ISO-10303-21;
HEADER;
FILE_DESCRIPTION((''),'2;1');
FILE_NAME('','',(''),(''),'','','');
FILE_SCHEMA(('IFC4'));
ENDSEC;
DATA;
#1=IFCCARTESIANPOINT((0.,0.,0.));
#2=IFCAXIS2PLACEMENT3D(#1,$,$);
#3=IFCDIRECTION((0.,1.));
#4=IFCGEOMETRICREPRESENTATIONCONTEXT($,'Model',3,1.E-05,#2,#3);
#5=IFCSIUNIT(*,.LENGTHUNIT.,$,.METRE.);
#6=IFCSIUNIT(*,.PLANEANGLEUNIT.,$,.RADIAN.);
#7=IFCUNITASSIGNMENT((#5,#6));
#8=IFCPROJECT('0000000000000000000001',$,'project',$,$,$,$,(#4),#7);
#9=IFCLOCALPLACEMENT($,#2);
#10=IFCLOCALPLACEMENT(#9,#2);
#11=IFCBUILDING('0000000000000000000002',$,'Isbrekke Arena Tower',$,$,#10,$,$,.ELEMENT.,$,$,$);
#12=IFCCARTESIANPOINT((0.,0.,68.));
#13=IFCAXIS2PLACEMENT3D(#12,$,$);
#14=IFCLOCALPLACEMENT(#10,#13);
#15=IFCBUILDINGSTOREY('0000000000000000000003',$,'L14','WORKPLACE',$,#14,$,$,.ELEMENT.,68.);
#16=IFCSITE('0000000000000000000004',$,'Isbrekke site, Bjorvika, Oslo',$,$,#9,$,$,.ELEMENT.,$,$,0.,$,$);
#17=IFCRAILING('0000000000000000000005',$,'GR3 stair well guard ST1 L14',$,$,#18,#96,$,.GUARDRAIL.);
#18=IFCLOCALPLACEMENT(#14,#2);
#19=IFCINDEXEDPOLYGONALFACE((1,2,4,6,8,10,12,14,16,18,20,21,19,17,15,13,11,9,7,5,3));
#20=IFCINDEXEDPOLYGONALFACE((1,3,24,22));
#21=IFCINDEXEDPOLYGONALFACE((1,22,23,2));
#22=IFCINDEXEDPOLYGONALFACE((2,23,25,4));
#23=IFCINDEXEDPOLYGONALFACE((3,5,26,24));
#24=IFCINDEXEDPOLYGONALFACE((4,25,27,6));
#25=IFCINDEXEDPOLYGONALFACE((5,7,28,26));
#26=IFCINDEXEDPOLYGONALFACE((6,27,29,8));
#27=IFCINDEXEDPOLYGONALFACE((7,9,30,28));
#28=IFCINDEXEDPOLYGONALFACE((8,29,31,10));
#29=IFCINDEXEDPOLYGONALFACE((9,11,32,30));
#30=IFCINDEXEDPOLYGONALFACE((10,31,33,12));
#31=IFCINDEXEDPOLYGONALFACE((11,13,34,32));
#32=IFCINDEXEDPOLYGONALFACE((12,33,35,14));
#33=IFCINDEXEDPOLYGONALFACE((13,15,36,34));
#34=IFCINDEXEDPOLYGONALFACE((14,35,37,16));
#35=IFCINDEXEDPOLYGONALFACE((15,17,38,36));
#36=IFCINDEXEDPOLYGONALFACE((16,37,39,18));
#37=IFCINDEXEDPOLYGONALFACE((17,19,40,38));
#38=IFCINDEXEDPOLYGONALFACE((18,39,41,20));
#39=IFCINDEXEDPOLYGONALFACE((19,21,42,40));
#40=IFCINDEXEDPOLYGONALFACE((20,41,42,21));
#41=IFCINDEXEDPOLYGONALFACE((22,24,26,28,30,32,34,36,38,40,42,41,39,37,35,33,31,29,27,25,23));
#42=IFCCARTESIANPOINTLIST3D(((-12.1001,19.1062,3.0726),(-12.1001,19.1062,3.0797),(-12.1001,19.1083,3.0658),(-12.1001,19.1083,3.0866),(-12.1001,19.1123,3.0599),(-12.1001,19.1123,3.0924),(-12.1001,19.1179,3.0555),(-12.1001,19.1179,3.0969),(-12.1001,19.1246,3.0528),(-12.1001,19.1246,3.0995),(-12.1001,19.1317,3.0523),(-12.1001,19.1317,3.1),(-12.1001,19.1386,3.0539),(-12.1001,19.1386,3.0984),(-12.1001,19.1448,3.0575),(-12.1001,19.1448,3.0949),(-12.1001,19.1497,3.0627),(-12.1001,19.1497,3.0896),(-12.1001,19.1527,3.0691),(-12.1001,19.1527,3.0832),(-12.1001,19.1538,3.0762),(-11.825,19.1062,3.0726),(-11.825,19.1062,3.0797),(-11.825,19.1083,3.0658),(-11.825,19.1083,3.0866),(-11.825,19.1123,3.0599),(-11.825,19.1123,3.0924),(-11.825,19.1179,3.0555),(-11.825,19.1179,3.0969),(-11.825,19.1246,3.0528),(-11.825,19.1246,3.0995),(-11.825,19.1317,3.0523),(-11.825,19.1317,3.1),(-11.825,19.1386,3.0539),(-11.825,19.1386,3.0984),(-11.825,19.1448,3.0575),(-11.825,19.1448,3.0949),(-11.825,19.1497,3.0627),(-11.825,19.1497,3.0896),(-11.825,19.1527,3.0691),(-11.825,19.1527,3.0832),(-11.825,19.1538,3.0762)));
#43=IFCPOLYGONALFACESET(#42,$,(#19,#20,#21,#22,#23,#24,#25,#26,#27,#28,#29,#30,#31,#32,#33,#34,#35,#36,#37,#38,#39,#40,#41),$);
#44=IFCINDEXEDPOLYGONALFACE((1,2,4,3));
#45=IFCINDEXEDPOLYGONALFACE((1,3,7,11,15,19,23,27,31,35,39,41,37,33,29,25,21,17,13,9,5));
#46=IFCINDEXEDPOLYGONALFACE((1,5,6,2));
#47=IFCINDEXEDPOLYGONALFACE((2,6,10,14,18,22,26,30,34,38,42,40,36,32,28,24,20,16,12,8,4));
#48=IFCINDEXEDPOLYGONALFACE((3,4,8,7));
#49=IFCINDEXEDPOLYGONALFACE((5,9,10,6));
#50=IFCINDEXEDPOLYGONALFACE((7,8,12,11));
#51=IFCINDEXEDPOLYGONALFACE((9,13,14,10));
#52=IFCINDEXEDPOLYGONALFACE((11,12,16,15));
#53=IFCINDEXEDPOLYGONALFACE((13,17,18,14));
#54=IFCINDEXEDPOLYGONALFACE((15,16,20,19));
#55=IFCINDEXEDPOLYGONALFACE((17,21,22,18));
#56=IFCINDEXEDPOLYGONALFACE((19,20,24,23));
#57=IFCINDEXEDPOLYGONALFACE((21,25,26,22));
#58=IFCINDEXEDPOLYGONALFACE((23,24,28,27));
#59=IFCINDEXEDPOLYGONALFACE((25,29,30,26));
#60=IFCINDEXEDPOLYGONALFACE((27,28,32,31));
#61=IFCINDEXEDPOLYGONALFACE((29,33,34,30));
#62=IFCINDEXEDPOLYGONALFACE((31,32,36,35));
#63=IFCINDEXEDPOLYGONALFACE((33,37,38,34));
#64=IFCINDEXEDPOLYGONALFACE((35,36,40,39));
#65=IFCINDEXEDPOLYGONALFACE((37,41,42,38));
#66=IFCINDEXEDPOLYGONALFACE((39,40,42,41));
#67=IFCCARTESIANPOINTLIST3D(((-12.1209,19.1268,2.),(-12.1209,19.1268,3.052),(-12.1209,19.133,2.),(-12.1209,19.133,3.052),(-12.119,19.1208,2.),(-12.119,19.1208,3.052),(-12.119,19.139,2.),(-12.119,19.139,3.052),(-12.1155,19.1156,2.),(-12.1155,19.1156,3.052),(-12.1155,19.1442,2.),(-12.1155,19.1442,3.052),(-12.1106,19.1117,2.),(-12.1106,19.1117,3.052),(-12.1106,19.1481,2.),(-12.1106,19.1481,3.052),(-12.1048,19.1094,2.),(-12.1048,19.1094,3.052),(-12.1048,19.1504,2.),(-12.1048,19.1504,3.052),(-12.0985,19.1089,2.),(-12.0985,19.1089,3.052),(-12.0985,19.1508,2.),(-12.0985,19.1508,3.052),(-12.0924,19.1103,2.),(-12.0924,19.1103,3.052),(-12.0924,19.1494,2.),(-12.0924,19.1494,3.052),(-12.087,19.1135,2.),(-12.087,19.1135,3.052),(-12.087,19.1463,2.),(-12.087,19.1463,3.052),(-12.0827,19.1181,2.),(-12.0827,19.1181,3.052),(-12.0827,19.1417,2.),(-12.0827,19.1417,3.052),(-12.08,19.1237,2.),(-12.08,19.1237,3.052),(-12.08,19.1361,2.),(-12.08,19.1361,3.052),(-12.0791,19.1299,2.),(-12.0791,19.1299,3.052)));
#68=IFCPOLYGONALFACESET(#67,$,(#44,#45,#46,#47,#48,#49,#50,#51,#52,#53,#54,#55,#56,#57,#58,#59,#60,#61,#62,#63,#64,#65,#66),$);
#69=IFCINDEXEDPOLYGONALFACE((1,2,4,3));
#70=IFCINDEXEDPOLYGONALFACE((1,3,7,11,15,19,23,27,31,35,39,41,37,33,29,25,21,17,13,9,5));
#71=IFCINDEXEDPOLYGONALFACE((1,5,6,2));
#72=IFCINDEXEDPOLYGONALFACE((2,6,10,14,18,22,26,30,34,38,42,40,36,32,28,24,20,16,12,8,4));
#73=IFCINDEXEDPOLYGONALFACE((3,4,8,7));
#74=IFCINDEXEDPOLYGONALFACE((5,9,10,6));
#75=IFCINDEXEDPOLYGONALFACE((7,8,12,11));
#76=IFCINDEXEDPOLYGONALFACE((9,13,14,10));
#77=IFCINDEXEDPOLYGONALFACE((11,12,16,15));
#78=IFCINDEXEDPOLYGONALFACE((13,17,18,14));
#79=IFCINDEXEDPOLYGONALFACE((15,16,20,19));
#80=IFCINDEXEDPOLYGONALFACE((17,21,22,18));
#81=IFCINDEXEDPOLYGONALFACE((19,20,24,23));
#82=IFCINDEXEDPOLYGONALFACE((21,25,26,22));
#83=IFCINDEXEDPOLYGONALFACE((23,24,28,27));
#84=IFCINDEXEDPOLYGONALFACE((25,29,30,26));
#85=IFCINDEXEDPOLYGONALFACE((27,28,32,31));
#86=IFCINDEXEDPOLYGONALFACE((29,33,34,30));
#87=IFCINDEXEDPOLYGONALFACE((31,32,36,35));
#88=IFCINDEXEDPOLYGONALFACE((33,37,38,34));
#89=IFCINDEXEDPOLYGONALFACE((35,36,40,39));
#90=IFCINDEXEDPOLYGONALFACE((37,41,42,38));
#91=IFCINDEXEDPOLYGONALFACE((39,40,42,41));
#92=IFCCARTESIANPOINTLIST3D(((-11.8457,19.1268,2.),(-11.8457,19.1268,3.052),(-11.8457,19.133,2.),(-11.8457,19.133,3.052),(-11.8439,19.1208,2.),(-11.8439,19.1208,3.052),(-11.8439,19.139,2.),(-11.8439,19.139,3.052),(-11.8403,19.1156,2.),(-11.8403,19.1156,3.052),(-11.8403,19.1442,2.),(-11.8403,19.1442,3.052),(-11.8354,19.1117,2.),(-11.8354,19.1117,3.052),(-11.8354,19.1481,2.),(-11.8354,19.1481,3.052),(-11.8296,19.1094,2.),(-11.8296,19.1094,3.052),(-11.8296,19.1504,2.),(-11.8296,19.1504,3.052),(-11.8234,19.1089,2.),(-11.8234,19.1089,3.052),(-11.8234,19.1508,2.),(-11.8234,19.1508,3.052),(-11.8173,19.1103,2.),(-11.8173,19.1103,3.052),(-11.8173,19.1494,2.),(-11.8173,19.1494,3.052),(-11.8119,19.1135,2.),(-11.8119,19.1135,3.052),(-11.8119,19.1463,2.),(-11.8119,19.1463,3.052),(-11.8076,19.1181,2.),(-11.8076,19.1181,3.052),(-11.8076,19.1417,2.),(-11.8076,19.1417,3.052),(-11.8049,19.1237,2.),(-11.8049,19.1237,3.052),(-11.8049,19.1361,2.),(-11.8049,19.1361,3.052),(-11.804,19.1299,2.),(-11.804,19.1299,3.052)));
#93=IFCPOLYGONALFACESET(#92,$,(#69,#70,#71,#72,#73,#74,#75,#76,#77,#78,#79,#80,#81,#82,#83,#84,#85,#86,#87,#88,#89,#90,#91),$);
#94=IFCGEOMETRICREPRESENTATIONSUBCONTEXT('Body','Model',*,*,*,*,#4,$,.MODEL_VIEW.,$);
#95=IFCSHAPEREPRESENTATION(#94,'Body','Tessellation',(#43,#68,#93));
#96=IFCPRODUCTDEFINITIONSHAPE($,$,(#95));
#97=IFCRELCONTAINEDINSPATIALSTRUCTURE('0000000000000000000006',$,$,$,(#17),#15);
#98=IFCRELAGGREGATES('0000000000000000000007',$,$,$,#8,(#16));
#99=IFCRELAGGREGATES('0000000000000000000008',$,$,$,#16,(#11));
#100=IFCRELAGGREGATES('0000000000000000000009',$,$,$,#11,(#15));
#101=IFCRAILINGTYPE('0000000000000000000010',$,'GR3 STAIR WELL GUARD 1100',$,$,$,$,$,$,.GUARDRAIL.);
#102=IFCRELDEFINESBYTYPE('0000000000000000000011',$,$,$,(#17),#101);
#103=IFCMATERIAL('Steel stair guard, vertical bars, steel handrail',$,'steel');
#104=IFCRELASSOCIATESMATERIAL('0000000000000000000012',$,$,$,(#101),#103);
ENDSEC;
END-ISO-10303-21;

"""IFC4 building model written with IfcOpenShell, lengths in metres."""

from ifc_helpers import new_model, si_unit, direction, frame, origin, origin_2d, place, context, subcontext, project, spatial, circle, extrude, material, type_object, element, save


model = new_model("IFC4")

# Units and contexts
model_context = context("Model", 3, precision=1e-05, world=origin(), true_north=direction((0.0, 1.0)))
body_context = subcontext(model_context, "Body", "Model", "MODEL_VIEW")
ifc_project = project(units=[si_unit("LENGTHUNIT", "METRE"), si_unit("PLANEANGLEUNIT", "RADIAN")], contexts=[model_context])

# Site, building, storey
site_placement = place(None, origin())
site = spatial("IfcSite", under=ifc_project, at=site_placement, Name="Isbrekke site, Bjorvika, Oslo", CompositionType="ELEMENT", RefElevation=0.0)
building_placement = place(site_placement, origin())
building = spatial("IfcBuilding", under=site, at=building_placement, Name="Isbrekke Arena Tower", CompositionType="ELEMENT")
storey_placement = place(building_placement, frame((0.0, 0.0, 68.0)))
storey = spatial("IfcBuildingStorey", under=building, at=storey_placement, Name="L14", Description="WORKPLACE", CompositionType="ELEMENT", Elevation=68.0)

# Railing
ifc_material_1 = material(Name="Steel stair guard, vertical bars, steel handrail", Category="steel")
railing_type = type_object("IfcRailingType", Name="GR3 STAIR WELL GUARD 1100", PredefinedType="GUARDRAIL", material=ifc_material_1)
for number, where, name in (
    (1, (-12.1001, 19.1299, 2.0), "GR3 stair well guard ST1 L14"),
):
    element("IfcRailing", number, at=place(storey_placement, frame(where)), inside=storey, type_object=railing_type, Name=name, PredefinedType="GUARDRAIL", context=body_context, shape_type="SweptSolid", body=[
        extrude(circle(Radius=0.0239, at=origin_2d()), frame((0.0, 0.0, 1.0762), z_axis=(1.0, 0.0, 0.0), x_axis=(0.0, 1.0, 0.0)), (0.0, 0.0, 1.0), 0.2751),
        extrude(circle(Radius=0.021, at=origin_2d()), origin(), (0.0, 0.0, 1.0), 1.052),
        extrude(circle(Radius=0.021, at=origin_2d()), frame((0.2751, 0.0, 0.0)), (0.0, 0.0, 1.0), 1.052),
    ])

save(model, "model.ifc")
